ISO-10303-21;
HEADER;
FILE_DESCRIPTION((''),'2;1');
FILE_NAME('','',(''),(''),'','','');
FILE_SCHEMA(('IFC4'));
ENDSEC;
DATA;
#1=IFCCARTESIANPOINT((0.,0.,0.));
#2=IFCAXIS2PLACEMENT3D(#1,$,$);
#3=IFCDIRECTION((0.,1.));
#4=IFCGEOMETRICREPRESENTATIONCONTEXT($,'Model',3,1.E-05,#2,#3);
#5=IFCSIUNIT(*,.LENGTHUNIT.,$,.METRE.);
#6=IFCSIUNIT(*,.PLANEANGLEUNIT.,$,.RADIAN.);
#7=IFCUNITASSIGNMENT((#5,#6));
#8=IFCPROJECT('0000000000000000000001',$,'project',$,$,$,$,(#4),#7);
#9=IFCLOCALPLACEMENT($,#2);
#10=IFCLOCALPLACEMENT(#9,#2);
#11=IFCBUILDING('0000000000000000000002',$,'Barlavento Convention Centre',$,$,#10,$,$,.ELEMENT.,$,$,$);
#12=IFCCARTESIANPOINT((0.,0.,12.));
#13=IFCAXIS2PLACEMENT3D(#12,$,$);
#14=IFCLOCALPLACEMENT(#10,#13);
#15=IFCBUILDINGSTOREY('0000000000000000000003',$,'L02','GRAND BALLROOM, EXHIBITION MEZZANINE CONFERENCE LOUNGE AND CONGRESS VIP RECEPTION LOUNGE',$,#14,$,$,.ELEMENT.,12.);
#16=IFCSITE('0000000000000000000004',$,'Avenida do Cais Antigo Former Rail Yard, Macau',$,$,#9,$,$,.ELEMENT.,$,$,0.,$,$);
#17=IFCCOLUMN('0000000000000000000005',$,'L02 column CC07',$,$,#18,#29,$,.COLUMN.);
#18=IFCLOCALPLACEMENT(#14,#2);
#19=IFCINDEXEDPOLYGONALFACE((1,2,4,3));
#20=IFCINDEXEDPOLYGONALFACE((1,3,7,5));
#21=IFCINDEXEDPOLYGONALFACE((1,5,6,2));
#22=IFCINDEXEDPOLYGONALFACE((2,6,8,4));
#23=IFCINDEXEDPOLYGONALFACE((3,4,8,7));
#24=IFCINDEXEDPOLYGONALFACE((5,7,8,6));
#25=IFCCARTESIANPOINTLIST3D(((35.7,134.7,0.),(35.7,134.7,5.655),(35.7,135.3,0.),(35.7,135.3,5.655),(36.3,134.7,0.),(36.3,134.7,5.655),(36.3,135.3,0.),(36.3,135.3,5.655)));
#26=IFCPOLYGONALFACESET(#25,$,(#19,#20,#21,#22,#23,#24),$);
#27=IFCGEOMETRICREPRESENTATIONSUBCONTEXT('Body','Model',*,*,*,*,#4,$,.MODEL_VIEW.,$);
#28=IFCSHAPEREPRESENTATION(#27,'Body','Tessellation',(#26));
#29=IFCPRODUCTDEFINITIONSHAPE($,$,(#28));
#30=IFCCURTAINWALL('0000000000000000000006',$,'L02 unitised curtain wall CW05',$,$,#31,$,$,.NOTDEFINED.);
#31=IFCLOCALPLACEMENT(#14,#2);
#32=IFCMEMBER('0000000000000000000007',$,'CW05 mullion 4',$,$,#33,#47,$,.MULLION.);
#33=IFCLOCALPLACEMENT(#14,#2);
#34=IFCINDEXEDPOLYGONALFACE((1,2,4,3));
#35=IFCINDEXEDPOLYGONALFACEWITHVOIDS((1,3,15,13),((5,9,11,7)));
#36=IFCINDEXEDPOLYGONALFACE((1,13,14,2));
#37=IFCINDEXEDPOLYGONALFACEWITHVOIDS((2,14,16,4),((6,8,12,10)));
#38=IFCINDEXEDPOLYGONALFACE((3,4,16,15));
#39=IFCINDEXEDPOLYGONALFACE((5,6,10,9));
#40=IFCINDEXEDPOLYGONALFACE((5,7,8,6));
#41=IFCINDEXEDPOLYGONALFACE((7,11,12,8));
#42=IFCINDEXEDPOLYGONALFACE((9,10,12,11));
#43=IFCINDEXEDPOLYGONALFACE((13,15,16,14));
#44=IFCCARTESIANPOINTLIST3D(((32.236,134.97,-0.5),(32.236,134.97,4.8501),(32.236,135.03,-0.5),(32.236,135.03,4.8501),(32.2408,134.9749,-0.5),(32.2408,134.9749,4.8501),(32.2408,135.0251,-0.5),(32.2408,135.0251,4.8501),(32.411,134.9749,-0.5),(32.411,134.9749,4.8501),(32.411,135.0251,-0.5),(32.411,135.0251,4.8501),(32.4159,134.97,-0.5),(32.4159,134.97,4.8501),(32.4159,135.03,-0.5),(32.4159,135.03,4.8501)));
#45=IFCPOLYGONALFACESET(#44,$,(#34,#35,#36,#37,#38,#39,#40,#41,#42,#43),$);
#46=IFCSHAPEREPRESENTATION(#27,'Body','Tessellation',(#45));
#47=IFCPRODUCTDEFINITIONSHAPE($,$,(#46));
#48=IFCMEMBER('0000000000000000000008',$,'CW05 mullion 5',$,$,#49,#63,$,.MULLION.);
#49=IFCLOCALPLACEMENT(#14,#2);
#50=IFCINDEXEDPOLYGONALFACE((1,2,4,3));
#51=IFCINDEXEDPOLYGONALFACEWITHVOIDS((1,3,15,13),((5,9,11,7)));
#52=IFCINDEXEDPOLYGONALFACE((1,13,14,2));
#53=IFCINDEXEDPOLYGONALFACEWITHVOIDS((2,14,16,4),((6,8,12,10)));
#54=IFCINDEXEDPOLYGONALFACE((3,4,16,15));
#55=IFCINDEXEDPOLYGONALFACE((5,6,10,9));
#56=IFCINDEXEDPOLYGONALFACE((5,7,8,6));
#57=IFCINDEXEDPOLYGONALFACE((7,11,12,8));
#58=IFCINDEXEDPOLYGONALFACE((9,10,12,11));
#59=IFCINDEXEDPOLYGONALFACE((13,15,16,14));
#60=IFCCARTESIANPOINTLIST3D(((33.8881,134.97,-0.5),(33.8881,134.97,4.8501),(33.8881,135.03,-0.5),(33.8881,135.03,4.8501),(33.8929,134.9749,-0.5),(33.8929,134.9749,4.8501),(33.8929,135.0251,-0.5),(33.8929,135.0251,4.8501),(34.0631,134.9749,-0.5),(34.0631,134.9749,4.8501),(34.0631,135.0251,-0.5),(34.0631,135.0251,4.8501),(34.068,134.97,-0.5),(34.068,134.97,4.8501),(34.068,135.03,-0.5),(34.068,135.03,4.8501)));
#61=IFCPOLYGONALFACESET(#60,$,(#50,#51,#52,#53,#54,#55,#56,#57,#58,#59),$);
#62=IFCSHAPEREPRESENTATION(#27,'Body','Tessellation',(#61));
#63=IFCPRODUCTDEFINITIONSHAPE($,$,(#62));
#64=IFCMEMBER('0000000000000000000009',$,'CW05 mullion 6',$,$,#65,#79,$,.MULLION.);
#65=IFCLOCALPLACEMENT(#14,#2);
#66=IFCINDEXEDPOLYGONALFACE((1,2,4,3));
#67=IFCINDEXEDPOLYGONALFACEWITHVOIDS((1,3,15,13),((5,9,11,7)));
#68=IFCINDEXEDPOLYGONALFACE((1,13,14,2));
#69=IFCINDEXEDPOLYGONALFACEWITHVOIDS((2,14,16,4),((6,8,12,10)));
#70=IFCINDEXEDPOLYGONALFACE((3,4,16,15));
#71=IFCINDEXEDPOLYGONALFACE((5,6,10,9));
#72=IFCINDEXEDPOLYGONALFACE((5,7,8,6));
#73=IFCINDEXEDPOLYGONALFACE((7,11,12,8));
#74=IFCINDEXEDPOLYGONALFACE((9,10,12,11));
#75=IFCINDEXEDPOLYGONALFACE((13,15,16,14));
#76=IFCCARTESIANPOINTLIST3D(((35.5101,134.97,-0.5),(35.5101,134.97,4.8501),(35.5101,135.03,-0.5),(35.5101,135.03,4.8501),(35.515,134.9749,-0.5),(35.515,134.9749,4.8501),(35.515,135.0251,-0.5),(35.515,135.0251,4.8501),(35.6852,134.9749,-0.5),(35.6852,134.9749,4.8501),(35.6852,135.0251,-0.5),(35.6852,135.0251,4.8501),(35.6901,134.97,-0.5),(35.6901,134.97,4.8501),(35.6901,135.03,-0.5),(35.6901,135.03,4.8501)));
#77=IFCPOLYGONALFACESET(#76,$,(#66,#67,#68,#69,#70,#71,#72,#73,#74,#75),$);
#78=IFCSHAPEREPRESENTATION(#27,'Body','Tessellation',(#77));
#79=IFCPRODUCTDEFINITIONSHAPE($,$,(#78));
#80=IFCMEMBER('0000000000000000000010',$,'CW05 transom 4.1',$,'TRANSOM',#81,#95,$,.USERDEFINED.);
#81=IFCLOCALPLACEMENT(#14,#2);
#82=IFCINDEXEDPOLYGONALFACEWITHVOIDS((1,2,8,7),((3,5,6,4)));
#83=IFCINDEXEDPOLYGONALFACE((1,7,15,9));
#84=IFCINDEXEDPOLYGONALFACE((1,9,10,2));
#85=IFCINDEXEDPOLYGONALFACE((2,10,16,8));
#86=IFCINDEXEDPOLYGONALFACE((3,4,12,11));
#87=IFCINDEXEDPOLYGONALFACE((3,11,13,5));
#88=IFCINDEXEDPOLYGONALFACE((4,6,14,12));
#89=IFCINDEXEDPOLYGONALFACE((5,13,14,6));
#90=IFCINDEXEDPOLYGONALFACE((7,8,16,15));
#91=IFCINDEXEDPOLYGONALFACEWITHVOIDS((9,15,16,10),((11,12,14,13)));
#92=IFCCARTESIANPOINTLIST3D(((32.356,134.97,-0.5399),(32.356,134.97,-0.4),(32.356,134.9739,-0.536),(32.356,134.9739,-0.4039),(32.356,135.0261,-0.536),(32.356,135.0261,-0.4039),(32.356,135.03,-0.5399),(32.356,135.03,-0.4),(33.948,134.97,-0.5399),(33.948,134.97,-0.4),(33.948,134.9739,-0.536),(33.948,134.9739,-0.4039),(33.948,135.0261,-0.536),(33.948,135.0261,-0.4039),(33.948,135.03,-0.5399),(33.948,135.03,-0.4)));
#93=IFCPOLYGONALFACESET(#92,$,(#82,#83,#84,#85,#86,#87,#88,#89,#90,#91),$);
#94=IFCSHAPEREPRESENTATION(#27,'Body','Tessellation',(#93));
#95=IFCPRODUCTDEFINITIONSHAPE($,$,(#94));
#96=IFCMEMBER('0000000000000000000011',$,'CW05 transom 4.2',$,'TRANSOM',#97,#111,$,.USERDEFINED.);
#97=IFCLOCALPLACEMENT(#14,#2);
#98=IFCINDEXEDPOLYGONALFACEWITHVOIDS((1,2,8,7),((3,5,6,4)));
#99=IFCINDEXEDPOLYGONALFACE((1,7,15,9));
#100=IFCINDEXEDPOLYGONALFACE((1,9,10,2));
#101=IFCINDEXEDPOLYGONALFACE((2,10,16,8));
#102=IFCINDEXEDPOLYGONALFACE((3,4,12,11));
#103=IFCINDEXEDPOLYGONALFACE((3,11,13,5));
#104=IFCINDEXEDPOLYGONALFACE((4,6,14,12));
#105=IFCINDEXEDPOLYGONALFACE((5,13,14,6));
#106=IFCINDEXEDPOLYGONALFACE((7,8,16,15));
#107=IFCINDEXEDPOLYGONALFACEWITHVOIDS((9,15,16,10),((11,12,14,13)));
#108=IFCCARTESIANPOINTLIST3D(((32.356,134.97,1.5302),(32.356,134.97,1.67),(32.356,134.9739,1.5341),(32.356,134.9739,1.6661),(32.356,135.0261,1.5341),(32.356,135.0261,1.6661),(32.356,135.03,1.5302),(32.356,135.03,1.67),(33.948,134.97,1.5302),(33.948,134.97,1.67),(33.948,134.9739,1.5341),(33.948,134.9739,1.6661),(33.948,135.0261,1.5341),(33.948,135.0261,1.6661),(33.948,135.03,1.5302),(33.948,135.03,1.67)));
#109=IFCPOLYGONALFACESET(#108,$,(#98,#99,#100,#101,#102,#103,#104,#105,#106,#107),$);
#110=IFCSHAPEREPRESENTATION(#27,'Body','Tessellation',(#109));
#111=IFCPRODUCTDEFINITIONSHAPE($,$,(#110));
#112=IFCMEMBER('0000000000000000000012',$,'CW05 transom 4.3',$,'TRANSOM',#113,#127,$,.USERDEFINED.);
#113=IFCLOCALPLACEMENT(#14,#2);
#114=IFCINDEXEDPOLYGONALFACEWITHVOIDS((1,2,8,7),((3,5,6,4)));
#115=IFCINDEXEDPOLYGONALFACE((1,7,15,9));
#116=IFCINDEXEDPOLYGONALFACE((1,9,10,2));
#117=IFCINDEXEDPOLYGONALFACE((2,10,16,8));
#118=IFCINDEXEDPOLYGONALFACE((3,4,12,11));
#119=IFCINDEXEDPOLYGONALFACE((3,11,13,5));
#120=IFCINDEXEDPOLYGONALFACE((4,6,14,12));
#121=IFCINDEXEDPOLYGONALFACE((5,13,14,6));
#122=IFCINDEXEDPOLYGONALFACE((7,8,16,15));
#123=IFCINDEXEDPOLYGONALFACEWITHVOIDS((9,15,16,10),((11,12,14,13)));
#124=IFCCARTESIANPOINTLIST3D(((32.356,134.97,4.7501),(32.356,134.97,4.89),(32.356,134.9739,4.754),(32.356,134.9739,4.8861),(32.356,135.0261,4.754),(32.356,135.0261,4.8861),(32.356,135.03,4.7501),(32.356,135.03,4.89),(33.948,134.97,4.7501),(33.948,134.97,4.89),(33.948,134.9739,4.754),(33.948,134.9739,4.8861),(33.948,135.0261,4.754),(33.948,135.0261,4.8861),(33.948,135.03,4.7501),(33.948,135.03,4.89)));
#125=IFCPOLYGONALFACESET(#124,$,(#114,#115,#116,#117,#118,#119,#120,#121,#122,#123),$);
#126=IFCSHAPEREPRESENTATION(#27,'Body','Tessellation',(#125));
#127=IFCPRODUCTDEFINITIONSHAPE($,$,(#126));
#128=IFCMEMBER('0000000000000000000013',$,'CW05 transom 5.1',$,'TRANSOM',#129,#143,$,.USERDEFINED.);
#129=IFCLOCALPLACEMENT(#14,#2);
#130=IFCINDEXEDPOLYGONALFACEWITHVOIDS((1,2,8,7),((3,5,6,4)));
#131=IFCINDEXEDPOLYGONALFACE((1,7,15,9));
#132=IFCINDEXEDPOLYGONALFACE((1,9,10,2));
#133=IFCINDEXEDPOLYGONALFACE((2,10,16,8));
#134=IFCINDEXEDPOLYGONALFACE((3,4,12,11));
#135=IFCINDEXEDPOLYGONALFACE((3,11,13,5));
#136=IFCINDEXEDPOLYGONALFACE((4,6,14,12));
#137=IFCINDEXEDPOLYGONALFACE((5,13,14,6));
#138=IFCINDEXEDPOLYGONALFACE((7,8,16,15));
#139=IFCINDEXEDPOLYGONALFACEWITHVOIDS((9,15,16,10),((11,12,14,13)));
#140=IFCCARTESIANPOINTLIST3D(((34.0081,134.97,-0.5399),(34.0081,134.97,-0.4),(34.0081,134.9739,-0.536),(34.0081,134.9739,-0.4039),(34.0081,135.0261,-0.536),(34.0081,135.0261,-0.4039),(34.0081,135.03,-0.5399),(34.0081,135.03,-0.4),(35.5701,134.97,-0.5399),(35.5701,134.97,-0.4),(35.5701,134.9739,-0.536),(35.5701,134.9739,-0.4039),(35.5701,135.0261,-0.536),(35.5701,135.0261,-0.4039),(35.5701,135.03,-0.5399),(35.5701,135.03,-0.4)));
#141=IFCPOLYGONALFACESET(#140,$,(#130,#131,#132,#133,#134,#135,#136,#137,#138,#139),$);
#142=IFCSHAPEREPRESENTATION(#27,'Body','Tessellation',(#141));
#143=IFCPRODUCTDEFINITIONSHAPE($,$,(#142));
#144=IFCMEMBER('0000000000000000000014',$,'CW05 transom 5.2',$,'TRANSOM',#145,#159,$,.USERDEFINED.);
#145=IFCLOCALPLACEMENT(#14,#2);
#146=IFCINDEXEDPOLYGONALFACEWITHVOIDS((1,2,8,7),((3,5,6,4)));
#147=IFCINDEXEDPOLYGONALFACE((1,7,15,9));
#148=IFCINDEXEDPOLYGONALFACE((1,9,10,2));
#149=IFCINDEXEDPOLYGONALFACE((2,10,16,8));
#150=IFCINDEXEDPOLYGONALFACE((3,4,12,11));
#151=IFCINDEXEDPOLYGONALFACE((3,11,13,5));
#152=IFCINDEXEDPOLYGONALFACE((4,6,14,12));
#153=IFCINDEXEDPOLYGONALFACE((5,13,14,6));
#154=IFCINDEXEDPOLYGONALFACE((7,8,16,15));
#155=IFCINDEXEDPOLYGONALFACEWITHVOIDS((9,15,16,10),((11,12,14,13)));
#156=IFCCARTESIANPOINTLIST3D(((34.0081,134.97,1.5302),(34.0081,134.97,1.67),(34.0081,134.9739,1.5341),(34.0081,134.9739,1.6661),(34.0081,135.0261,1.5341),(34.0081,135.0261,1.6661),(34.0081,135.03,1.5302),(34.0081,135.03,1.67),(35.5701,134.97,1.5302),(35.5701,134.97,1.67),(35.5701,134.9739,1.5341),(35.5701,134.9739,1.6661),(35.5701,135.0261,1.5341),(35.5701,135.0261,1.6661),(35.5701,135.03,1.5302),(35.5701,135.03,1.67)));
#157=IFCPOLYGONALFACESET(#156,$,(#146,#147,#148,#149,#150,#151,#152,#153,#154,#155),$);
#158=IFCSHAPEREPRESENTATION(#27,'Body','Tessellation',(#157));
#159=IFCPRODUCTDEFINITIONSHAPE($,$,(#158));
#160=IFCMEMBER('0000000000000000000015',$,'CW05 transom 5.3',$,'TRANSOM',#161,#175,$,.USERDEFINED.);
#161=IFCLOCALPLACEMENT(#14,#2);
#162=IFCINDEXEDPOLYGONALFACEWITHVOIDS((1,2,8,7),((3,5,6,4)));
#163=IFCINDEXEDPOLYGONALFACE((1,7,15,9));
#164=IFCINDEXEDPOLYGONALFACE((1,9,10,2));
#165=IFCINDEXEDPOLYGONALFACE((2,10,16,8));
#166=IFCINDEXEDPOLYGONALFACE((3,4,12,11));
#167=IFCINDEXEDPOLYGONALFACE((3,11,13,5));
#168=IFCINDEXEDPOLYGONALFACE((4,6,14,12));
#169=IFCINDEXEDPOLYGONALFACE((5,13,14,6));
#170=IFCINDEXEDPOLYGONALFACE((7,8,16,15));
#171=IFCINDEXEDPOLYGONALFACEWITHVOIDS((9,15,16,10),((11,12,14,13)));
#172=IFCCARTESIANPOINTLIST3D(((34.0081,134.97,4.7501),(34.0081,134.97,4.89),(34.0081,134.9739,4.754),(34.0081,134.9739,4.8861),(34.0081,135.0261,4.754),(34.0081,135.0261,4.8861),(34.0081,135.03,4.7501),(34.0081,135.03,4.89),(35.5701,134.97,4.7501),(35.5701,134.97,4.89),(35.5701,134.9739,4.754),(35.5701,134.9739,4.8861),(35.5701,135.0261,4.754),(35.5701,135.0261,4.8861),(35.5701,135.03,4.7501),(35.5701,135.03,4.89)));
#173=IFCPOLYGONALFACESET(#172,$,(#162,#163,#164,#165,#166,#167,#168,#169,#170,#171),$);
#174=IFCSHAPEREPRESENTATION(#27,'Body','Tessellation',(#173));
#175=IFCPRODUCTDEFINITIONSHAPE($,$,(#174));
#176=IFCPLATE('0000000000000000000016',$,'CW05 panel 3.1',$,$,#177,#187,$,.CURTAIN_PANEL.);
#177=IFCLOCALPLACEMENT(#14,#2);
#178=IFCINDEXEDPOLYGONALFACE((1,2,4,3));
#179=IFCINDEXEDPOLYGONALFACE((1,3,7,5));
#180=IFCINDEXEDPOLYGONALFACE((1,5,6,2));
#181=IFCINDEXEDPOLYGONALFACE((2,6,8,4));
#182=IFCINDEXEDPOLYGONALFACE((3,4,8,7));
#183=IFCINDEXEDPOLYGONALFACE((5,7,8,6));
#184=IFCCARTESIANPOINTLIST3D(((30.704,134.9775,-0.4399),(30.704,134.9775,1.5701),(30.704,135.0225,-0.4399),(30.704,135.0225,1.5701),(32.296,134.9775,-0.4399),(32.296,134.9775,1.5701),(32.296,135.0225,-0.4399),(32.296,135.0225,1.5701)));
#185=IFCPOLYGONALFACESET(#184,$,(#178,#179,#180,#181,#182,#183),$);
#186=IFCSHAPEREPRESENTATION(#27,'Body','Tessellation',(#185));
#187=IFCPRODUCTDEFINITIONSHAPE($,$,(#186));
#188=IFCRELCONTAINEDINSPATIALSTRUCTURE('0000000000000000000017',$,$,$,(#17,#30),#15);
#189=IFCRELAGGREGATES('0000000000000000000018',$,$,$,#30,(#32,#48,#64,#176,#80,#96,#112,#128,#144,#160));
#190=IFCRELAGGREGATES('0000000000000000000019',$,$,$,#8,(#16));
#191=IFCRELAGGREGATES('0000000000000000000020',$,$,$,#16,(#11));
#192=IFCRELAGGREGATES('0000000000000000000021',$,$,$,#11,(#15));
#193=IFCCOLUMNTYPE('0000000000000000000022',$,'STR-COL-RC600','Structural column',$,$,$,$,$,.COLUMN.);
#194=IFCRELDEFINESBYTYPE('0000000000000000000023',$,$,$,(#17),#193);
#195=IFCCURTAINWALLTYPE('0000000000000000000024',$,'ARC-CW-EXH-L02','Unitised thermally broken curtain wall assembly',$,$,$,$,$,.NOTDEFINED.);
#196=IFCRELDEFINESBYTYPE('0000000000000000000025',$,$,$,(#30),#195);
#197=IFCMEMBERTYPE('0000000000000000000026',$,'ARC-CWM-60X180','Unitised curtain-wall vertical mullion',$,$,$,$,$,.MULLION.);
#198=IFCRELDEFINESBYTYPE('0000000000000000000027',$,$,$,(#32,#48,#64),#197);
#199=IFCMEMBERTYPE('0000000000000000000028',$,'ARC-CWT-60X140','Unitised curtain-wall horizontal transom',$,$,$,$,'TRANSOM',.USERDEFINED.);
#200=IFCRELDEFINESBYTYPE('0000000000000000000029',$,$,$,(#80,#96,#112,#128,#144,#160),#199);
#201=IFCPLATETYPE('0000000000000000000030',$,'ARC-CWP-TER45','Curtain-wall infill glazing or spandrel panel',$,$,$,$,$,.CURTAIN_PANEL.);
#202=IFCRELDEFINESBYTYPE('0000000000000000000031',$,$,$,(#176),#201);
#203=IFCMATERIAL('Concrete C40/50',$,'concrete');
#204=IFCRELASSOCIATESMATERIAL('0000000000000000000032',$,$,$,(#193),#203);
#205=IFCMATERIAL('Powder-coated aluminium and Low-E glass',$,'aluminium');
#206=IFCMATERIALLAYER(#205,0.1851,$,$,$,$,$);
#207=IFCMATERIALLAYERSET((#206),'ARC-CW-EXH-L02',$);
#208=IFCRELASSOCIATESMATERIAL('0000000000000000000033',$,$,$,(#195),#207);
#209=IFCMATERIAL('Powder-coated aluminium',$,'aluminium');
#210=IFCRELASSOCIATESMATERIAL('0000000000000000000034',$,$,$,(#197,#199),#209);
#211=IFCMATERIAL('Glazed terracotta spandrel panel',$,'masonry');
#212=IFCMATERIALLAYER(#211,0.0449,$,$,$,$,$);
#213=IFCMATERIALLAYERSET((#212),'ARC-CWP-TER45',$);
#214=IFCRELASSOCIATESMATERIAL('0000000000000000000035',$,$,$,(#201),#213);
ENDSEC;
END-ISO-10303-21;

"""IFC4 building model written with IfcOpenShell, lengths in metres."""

from ifc_helpers import new_model, si_unit, direction, frame, origin, origin_2d, place, context, subcontext, project, spatial, rectangle, hollow_rectangle, extrude, material, layer, layer_set, material_profile, profile_set, type_object, element, aggregate, save


model = new_model("IFC4")

# Units and contexts
model_context = context("Model", 3, precision=1e-05, world=origin(), true_north=direction((0.0, 1.0)))
body_context = subcontext(model_context, "Body", "Model", "MODEL_VIEW")
ifc_project = project(units=[si_unit("LENGTHUNIT", "METRE"), si_unit("PLANEANGLEUNIT", "RADIAN")], contexts=[model_context])

# Site, building, storey
site_placement = place(None, origin())
site = spatial("IfcSite", under=ifc_project, at=site_placement, Name="Avenida do Cais Antigo Former Rail Yard, Macau", CompositionType="ELEMENT", RefElevation=0.0)
building_placement = place(site_placement, origin())
building = spatial("IfcBuilding", under=site, at=building_placement, Name="Barlavento Convention Centre", CompositionType="ELEMENT")
storey_placement = place(building_placement, frame((0.0, 0.0, 12.0)))
storey = spatial("IfcBuildingStorey", under=building, at=storey_placement, Name="L02", Description="GRAND BALLROOM, EXHIBITION MEZZANINE CONFERENCE LOUNGE AND CONGRESS VIP RECEPTION LOUNGE", CompositionType="ELEMENT", Elevation=12.0)

# Column
ifc_material_1 = material(Name="Concrete C40/50", Category="concrete")
ifc_material_profile_1 = material_profile(ifc_material_1, rectangle(XDim=0.6001, YDim=0.6001, at=origin_2d()), Name="RC 600x600")
ifc_profile_set_1 = profile_set([ifc_material_profile_1], Name="Concrete C40/50")
column_type = type_object("IfcColumnType", Name="STR-COL-RC600", Description="Structural column", PredefinedType="COLUMN", material=ifc_profile_set_1)
column_placement = place(storey_placement, frame((36.0, 135.0, 0.0), z_axis=(0.0, 0.0, 1.0), x_axis=(1.0, 0.0, 0.0)))
element("IfcColumn", 1, at=column_placement, inside=storey, type_object=column_type, Name="L02 column CC07", PredefinedType="COLUMN", context=body_context, shape_type="SweptSolid", body=[
    extrude(rectangle(XDim=0.6001, YDim=0.6001, at=origin_2d()), origin(), (0.0, 0.0, 1.0), 5.655),
])

# Curtain wall, members, plate
ifc_material_2 = material(Name="Powder-coated aluminium and Low-E glass", Category="aluminium")
ifc_layer_1 = layer(ifc_material_2, 0.1851)
ifc_layer_set_1 = layer_set([ifc_layer_1], Name="ARC-CW-EXH-L02")
curtain_wall_type = type_object("IfcCurtainWallType", Name="ARC-CW-EXH-L02", Description="Unitised thermally broken curtain wall assembly", PredefinedType="NOTDEFINED", material=ifc_layer_set_1)
curtain_wall_placement = place(storey_placement, origin())
curtain_wall = element("IfcCurtainWall", 2, at=curtain_wall_placement, inside=storey, type_object=curtain_wall_type, Name="L02 unitised curtain wall CW05", PredefinedType="NOTDEFINED")
ifc_material_3 = material(Name="Powder-coated aluminium", Category="aluminium")
ifc_material_profile_2 = material_profile(ifc_material_3, hollow_rectangle(XDim=0.0601, YDim=0.1799, WallThickness=0.0049, at=origin_2d()), Name="AL-MULL 60x180x5")
ifc_profile_set_2 = profile_set([ifc_material_profile_2], Name="Powder-coated aluminium")
member_type_1 = type_object("IfcMemberType", Name="ARC-CWM-60X180", Description="Unitised curtain-wall vertical mullion", PredefinedType="MULLION", material=ifc_profile_set_2)
member_1_placement = place(storey_placement, frame((32.3259, 135.0, -0.5), z_axis=(0.0, 0.0, 1.0), x_axis=(0.0, 1.0, 0.0)))
member_1 = element("IfcMember", 3, at=member_1_placement, type_object=member_type_1, Name="CW05 mullion 4", PredefinedType="MULLION", context=body_context, shape_type="SweptSolid", body=[
    extrude(hollow_rectangle(XDim=0.0601, YDim=0.1799, WallThickness=0.0049, at=origin_2d()), origin(), (0.0, 0.0, 1.0), 5.3501),
])
member_2_placement = place(storey_placement, frame((33.978, 135.0, -0.5), z_axis=(0.0, 0.0, 1.0), x_axis=(0.0, 1.0, 0.0)))
member_2 = element("IfcMember", 4, at=member_2_placement, type_object=member_type_1, Name="CW05 mullion 5", PredefinedType="MULLION", context=body_context, shape_type="SweptSolid", body=[
    extrude(hollow_rectangle(XDim=0.0601, YDim=0.1799, WallThickness=0.0049, at=origin_2d()), origin(), (0.0, 0.0, 1.0), 5.3501),
])
member_3_placement = place(storey_placement, frame((35.6001, 135.0, -0.5), z_axis=(0.0, 0.0, 1.0), x_axis=(0.0, 1.0, 0.0)))
member_3 = element("IfcMember", 5, at=member_3_placement, type_object=member_type_1, Name="CW05 mullion 6", PredefinedType="MULLION", context=body_context, shape_type="SweptSolid", body=[
    extrude(hollow_rectangle(XDim=0.0601, YDim=0.1799, WallThickness=0.0049, at=origin_2d()), origin(), (0.0, 0.0, 1.0), 5.3501),
])
ifc_material_profile_3 = material_profile(ifc_material_3, hollow_rectangle(XDim=0.0601, YDim=0.1399, WallThickness=0.0039, at=origin_2d()), Name="AL-TRAN 60x140x4")
ifc_profile_set_3 = profile_set([ifc_material_profile_3], Name="Powder-coated aluminium")
member_type_2 = type_object("IfcMemberType", Name="ARC-CWT-60X140", Description="Unitised curtain-wall horizontal transom", ElementType="TRANSOM", PredefinedType="USERDEFINED", material=ifc_profile_set_3)
member_4_placement = place(storey_placement, frame((32.356, 135.0, -0.47), z_axis=(1.0, 0.0, 0.0), x_axis=(0.0, 1.0, 0.0)))
member_4 = element("IfcMember", 6, at=member_4_placement, type_object=member_type_2, Name="CW05 transom 4.1", ObjectType="TRANSOM", PredefinedType="USERDEFINED", context=body_context, shape_type="SweptSolid", body=[
    extrude(hollow_rectangle(XDim=0.0601, YDim=0.1399, WallThickness=0.0039, at=origin_2d()), origin(), (0.0, 0.0, 1.0), 1.592),
])
member_5_placement = place(storey_placement, frame((32.356, 135.0, 1.6001), z_axis=(1.0, 0.0, 0.0), x_axis=(0.0, 1.0, 0.0)))
member_5 = element("IfcMember", 7, at=member_5_placement, type_object=member_type_2, Name="CW05 transom 4.2", ObjectType="TRANSOM", PredefinedType="USERDEFINED", context=body_context, shape_type="SweptSolid", body=[
    extrude(hollow_rectangle(XDim=0.0601, YDim=0.1399, WallThickness=0.0039, at=origin_2d()), origin(), (0.0, 0.0, 1.0), 1.592),
])
member_6_placement = place(storey_placement, frame((32.356, 135.0, 4.8201), z_axis=(1.0, 0.0, 0.0), x_axis=(0.0, 1.0, 0.0)))
member_6 = element("IfcMember", 8, at=member_6_placement, type_object=member_type_2, Name="CW05 transom 4.3", ObjectType="TRANSOM", PredefinedType="USERDEFINED", context=body_context, shape_type="SweptSolid", body=[
    extrude(hollow_rectangle(XDim=0.0601, YDim=0.1399, WallThickness=0.0039, at=origin_2d()), origin(), (0.0, 0.0, 1.0), 1.592),
])
member_7_placement = place(storey_placement, frame((34.0081, 135.0, -0.47), z_axis=(1.0, 0.0, 0.0), x_axis=(0.0, 1.0, 0.0)))
member_7 = element("IfcMember", 9, at=member_7_placement, type_object=member_type_2, Name="CW05 transom 5.1", ObjectType="TRANSOM", PredefinedType="USERDEFINED", context=body_context, shape_type="SweptSolid", body=[
    extrude(hollow_rectangle(XDim=0.0601, YDim=0.1399, WallThickness=0.0039, at=origin_2d()), origin(), (0.0, 0.0, 1.0), 1.562),
])
member_8_placement = place(storey_placement, frame((34.0081, 135.0, 1.6001), z_axis=(1.0, 0.0, 0.0), x_axis=(0.0, 1.0, 0.0)))
member_8 = element("IfcMember", 10, at=member_8_placement, type_object=member_type_2, Name="CW05 transom 5.2", ObjectType="TRANSOM", PredefinedType="USERDEFINED", context=body_context, shape_type="SweptSolid", body=[
    extrude(hollow_rectangle(XDim=0.0601, YDim=0.1399, WallThickness=0.0039, at=origin_2d()), origin(), (0.0, 0.0, 1.0), 1.562),
])
member_9_placement = place(storey_placement, frame((34.0081, 135.0, 4.8201), z_axis=(1.0, 0.0, 0.0), x_axis=(0.0, 1.0, 0.0)))
member_9 = element("IfcMember", 11, at=member_9_placement, type_object=member_type_2, Name="CW05 transom 5.3", ObjectType="TRANSOM", PredefinedType="USERDEFINED", context=body_context, shape_type="SweptSolid", body=[
    extrude(hollow_rectangle(XDim=0.0601, YDim=0.1399, WallThickness=0.0039, at=origin_2d()), origin(), (0.0, 0.0, 1.0), 1.562),
])
ifc_material_4 = material(Name="Glazed terracotta spandrel panel", Category="masonry")
ifc_layer_2 = layer(ifc_material_4, 0.0449)
ifc_layer_set_2 = layer_set([ifc_layer_2], Name="ARC-CWP-TER45")
plate_type = type_object("IfcPlateType", Name="ARC-CWP-TER45", Description="Curtain-wall infill glazing or spandrel panel", PredefinedType="CURTAIN_PANEL", material=ifc_layer_set_2)
plate_1_placement = place(storey_placement, frame((31.5, 135.0, -0.4399), z_axis=(0.0, 0.0, 1.0), x_axis=(1.0, 0.0, 0.0)))
plate_1 = element("IfcPlate", 12, at=plate_1_placement, type_object=plate_type, Name="CW05 panel 3.1", PredefinedType="CURTAIN_PANEL", context=body_context, shape_type="SweptSolid", body=[
    extrude(rectangle(XDim=1.592, YDim=0.0449, at=origin_2d()), origin(), (0.0, 0.0, 1.0), 2.01),
])
aggregate(curtain_wall, [member_1, member_2, member_3, plate_1, member_4, member_5, member_6, member_7, member_8, member_9])

save(model, "model.ifc")
